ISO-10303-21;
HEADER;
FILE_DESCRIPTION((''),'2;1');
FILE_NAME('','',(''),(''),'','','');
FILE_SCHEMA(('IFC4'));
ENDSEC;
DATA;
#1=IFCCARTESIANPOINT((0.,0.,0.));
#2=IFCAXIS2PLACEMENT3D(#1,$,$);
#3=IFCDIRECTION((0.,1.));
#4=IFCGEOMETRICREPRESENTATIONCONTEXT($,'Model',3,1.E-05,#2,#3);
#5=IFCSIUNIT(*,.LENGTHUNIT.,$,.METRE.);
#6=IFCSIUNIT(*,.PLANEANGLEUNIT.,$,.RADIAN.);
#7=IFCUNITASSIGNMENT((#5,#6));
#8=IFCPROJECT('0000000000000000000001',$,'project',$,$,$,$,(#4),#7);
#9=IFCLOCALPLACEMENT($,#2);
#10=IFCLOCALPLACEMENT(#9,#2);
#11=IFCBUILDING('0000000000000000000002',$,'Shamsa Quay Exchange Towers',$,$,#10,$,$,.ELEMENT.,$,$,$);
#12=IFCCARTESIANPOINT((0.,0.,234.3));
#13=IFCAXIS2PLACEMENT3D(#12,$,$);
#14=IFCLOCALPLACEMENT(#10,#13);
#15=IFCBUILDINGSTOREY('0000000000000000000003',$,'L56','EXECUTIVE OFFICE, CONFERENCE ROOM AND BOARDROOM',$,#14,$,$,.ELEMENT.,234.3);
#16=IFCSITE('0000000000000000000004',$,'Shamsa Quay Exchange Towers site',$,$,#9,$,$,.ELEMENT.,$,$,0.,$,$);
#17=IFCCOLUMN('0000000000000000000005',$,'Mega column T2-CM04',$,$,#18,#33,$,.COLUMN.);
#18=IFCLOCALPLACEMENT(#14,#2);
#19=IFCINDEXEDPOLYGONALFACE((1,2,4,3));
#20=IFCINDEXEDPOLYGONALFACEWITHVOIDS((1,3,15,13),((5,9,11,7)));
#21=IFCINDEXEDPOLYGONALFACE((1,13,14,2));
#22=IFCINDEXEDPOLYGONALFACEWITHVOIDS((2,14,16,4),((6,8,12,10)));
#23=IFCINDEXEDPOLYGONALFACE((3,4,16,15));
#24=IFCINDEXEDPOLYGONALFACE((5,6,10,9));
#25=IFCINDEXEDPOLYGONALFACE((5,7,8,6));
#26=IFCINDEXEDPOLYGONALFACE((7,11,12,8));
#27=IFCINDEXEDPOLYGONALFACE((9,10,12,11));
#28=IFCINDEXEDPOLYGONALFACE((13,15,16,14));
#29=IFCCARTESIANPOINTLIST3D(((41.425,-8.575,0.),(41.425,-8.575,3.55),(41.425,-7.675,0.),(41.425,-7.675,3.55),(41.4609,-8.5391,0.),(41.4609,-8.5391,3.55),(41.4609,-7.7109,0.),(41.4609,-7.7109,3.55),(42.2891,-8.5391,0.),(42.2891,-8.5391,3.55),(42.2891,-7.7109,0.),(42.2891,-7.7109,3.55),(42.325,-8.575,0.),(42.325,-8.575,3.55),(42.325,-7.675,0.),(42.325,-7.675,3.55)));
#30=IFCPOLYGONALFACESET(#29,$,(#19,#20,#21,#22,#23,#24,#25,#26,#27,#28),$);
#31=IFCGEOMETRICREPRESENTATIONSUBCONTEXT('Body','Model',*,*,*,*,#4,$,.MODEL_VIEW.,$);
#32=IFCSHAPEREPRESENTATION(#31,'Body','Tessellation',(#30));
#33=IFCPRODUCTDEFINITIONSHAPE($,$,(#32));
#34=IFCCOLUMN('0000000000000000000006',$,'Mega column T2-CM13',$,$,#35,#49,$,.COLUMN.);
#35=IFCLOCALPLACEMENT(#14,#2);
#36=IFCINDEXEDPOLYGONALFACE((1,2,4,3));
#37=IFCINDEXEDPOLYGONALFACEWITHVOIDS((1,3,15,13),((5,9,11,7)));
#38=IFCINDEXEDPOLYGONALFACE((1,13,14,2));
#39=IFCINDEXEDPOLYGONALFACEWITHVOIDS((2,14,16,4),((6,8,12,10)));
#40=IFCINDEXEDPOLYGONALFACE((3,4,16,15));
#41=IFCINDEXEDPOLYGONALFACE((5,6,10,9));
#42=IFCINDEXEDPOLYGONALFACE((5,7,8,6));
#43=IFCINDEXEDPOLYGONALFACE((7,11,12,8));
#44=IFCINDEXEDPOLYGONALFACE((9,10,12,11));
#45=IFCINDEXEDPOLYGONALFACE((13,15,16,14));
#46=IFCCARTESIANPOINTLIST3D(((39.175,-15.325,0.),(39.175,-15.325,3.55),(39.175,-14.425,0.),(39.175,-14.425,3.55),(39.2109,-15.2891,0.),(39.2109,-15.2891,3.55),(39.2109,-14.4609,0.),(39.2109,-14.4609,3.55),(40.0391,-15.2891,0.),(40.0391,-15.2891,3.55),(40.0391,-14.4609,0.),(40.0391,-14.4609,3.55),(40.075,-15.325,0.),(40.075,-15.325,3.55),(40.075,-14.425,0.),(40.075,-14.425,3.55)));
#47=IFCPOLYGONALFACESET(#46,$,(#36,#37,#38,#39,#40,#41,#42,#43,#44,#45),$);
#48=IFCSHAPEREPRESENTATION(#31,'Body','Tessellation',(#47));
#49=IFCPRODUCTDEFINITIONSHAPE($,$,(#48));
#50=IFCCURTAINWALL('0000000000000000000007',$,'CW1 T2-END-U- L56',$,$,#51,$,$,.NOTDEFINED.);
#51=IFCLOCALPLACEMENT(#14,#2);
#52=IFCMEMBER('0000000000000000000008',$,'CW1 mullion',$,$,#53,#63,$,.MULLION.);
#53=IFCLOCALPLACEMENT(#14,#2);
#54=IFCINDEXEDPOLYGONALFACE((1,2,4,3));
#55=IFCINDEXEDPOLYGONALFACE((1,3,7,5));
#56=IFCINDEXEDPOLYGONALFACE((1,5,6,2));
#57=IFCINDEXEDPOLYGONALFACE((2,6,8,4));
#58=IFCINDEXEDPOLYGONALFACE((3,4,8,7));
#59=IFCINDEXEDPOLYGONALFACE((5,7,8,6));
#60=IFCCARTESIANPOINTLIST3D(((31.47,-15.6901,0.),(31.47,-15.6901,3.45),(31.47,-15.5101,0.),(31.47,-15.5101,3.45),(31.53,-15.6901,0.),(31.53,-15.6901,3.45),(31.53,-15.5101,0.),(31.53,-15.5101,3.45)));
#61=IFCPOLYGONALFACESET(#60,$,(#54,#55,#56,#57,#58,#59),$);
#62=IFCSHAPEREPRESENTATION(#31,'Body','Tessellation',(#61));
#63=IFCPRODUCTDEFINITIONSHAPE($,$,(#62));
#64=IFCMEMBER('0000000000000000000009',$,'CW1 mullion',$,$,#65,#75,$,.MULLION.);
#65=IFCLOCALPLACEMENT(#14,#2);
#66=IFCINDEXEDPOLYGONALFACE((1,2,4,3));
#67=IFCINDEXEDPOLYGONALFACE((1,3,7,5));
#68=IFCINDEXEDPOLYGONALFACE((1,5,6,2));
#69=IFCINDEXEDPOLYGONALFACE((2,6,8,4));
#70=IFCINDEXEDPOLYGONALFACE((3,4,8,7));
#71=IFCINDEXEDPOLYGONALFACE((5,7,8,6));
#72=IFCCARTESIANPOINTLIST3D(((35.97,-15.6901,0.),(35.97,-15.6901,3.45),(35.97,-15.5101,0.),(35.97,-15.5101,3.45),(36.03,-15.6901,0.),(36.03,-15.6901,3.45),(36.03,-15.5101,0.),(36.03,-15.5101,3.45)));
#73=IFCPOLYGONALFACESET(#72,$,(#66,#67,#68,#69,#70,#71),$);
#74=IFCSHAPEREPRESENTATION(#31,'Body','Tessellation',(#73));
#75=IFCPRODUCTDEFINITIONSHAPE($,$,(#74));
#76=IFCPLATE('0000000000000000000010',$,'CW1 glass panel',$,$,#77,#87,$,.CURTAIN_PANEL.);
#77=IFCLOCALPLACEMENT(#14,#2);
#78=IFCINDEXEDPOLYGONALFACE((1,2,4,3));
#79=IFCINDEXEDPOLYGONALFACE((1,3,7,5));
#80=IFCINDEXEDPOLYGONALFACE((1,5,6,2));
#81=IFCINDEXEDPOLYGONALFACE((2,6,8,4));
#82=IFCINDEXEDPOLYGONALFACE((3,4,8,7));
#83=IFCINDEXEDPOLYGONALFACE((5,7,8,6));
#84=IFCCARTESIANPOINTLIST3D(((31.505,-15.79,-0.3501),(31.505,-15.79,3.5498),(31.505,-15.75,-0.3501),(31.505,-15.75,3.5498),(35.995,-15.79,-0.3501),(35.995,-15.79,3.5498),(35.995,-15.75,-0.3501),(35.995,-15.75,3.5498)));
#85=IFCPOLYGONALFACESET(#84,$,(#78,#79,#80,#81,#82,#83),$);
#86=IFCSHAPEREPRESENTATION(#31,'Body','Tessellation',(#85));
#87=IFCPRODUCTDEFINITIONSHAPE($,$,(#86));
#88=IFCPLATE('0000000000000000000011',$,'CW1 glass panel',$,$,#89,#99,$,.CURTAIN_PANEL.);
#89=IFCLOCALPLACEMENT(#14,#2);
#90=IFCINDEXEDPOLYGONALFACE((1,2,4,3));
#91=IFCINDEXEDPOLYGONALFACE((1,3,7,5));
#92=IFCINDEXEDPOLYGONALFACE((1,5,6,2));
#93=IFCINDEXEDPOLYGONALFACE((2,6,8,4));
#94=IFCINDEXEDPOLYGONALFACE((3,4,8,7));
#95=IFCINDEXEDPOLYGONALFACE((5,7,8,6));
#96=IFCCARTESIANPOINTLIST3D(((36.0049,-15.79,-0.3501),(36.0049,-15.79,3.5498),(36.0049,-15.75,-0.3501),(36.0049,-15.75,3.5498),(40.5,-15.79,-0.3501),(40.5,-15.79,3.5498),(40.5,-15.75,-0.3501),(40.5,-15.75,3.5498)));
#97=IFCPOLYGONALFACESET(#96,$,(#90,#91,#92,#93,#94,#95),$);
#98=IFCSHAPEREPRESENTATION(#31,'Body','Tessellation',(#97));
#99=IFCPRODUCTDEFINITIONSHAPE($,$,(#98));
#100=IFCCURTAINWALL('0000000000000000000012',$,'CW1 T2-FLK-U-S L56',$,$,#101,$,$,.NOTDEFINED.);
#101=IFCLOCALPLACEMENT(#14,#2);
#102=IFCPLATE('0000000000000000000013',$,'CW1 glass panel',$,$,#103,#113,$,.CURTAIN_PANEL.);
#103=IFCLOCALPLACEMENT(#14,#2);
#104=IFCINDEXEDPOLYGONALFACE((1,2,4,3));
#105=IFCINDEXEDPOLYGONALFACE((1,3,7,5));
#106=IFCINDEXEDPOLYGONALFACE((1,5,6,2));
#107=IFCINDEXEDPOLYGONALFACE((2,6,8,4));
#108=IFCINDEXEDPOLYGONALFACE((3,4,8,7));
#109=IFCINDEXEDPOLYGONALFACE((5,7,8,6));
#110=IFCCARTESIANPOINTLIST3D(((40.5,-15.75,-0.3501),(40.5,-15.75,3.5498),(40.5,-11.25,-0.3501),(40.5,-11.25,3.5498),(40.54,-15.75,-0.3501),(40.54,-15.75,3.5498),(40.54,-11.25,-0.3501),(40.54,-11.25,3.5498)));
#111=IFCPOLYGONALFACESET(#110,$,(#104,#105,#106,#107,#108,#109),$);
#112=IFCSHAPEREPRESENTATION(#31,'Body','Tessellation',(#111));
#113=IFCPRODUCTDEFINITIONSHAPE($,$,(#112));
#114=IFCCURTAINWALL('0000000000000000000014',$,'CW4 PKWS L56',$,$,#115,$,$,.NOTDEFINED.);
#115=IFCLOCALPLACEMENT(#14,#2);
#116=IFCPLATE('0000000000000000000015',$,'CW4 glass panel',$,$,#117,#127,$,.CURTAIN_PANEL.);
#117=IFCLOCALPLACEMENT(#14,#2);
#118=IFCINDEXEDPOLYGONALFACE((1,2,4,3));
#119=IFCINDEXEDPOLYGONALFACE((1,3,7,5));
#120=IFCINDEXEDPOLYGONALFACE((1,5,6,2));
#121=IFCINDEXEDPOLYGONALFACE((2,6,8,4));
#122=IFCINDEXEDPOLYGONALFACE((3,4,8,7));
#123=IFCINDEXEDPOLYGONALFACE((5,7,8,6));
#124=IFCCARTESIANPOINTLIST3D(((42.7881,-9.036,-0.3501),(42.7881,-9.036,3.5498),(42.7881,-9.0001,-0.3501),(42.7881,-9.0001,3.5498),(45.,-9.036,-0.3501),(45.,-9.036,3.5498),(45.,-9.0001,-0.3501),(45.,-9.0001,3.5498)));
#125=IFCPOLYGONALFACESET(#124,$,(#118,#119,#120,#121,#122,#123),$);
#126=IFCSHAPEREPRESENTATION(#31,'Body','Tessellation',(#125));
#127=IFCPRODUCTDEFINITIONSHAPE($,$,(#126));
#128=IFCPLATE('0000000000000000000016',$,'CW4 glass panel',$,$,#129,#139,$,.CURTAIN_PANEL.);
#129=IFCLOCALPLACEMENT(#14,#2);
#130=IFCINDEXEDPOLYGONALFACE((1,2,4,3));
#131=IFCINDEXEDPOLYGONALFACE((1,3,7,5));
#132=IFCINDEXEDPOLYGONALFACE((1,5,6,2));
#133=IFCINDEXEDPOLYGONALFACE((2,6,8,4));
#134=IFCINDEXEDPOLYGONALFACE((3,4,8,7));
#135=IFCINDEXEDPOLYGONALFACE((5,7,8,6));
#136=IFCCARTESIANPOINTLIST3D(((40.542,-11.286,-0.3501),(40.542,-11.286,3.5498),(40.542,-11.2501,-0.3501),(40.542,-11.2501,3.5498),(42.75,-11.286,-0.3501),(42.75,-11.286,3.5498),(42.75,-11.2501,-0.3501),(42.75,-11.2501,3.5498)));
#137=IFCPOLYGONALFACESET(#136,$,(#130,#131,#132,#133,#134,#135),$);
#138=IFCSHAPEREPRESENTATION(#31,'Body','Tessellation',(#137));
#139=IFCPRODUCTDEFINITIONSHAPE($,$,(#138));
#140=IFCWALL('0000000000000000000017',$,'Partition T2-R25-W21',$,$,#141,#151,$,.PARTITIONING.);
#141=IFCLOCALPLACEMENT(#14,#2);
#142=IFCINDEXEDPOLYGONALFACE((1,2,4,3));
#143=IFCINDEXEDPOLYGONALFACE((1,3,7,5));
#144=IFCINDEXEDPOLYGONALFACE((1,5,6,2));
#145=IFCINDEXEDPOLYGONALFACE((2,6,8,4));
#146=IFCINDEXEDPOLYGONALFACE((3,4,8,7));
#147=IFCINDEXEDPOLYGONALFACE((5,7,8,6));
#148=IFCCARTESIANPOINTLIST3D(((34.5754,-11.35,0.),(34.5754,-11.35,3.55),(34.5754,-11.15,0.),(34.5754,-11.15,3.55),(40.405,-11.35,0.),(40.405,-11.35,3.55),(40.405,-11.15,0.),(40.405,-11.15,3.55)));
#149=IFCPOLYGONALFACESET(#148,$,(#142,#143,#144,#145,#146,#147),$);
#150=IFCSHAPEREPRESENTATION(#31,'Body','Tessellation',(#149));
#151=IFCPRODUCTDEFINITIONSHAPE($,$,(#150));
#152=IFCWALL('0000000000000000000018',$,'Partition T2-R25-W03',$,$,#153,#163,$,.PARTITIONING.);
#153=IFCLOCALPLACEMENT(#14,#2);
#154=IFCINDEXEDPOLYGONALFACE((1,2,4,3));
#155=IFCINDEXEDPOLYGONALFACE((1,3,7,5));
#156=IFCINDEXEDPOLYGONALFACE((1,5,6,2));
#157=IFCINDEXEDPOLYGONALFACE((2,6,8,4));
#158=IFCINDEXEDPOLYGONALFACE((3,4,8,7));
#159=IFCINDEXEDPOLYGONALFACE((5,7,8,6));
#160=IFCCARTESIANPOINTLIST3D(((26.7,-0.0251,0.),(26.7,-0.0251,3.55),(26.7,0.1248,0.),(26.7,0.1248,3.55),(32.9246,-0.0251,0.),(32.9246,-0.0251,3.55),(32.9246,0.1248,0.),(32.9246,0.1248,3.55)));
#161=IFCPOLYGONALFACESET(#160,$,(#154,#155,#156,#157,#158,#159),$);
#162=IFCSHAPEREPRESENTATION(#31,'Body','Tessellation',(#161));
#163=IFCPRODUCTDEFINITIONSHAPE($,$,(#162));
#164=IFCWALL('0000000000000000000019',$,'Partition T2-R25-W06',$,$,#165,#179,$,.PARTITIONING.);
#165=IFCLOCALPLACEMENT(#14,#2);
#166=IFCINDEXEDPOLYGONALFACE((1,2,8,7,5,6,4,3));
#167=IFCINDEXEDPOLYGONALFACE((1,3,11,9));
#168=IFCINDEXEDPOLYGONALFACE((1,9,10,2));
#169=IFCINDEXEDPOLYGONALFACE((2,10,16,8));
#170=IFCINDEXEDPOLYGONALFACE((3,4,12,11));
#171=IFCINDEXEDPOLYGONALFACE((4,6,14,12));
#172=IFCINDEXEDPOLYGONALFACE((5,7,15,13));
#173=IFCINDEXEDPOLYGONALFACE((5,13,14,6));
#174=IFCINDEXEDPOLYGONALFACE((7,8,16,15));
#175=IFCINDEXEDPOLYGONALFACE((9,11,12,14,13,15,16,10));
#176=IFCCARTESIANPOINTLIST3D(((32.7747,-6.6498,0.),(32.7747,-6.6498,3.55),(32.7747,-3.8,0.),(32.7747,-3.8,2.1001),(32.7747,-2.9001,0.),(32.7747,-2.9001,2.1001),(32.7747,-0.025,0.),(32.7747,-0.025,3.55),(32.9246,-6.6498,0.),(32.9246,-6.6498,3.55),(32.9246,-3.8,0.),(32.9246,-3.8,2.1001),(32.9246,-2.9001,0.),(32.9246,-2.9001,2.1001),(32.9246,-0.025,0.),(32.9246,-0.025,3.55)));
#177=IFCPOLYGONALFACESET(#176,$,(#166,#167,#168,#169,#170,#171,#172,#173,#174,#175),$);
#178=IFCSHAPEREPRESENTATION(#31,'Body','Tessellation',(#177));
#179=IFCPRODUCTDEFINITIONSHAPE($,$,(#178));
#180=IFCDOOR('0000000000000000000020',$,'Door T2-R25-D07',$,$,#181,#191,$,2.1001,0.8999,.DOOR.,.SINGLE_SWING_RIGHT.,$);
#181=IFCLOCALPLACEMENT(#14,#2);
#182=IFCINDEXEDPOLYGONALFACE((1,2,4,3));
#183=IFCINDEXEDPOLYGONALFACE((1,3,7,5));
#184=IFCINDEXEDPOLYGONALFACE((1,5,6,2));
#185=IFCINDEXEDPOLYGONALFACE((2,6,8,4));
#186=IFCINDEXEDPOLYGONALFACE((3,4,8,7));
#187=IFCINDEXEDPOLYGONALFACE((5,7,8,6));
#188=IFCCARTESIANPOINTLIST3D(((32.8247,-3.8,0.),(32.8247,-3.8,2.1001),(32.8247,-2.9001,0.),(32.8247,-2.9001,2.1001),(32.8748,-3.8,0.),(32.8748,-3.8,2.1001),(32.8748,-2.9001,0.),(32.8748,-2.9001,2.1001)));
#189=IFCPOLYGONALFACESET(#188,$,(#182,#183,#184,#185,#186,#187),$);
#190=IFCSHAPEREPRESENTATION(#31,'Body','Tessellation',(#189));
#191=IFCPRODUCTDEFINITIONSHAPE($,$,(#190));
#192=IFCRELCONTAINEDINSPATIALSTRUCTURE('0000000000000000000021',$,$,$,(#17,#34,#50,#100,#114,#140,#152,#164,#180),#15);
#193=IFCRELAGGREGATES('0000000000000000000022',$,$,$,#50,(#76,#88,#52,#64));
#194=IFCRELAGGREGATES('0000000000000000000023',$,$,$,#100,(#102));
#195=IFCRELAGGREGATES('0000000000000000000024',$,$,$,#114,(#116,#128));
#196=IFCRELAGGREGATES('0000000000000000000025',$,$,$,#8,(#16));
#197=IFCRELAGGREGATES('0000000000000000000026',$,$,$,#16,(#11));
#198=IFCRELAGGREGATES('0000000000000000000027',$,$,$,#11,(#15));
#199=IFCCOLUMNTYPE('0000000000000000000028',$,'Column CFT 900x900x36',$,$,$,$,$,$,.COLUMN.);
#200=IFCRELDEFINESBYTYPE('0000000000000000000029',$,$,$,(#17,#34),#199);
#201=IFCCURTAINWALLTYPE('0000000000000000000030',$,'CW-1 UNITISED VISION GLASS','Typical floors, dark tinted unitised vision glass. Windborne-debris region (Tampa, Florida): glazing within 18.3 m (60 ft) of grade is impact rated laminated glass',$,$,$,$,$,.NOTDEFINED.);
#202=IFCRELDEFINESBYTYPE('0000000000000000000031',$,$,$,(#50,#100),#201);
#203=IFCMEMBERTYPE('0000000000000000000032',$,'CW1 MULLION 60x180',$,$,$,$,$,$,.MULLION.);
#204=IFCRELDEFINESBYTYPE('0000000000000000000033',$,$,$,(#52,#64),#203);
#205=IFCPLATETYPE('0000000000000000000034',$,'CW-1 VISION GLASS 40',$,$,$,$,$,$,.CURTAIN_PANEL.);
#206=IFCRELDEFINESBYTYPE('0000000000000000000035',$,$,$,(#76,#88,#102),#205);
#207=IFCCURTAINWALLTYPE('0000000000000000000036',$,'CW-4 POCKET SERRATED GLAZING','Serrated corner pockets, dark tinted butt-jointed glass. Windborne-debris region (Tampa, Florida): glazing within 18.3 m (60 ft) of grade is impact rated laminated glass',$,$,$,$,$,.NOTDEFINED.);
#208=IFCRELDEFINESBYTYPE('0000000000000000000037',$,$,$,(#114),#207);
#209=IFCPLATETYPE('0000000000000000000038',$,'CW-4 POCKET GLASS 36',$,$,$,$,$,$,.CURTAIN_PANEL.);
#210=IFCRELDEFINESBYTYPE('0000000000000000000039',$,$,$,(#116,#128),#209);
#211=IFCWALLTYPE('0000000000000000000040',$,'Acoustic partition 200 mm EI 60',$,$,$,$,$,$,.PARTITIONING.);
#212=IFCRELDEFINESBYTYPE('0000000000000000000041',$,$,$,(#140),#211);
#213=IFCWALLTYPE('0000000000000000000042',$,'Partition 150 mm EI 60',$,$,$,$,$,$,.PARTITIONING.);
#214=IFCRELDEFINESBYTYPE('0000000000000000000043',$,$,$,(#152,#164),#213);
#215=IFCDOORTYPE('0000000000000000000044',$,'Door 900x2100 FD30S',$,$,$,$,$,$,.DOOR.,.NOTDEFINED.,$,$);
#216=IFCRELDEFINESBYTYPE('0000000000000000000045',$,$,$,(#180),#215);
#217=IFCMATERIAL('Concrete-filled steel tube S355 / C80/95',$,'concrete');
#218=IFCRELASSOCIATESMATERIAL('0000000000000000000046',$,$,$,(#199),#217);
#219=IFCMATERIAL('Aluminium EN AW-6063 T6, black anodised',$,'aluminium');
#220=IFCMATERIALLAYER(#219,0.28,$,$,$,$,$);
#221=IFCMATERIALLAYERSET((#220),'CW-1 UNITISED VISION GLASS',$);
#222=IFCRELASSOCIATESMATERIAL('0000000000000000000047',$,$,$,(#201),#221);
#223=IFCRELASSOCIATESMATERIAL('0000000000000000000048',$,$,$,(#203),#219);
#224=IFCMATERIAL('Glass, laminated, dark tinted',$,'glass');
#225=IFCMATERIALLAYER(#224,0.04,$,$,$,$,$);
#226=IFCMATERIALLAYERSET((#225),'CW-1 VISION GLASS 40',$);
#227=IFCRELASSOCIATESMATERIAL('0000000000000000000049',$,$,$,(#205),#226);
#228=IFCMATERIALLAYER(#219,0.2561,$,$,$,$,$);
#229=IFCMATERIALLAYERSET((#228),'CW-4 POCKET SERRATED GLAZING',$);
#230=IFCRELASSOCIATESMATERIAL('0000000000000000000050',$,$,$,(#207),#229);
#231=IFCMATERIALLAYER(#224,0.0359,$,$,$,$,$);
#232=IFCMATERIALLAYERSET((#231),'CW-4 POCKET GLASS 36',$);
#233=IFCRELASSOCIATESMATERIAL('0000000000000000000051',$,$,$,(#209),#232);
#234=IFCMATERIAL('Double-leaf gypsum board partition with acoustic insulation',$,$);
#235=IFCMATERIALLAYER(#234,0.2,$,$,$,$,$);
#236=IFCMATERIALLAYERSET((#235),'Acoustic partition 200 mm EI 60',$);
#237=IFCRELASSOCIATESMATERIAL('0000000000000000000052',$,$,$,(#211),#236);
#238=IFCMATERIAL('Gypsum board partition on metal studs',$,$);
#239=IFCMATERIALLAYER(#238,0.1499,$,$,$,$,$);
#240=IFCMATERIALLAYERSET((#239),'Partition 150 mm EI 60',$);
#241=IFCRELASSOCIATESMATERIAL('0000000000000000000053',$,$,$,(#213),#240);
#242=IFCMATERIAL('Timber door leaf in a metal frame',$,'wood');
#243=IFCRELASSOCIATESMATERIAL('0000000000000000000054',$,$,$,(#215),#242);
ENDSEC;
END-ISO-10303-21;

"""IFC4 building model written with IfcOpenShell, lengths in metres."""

from ifc_helpers import new_model, si_unit, direction, frame, frame_2d, origin, origin_2d, place, context, subcontext, project, spatial, rectangle, hollow_rectangle, extrude, material, layer, layer_set, material_profile, profile_set, type_object, element, fill, aggregate, save


model = new_model("IFC4")

# Units and contexts
model_context = context("Model", 3, precision=1e-05, world=origin(), true_north=direction((0.0, 1.0)))
body_context = subcontext(model_context, "Body", "Model", "MODEL_VIEW")
ifc_project = project(units=[si_unit("LENGTHUNIT", "METRE"), si_unit("PLANEANGLEUNIT", "RADIAN")], contexts=[model_context])

# Site, building, storey
site_placement = place(None, origin())
site = spatial("IfcSite", under=ifc_project, at=site_placement, Name="Shamsa Quay Exchange Towers site", CompositionType="ELEMENT", RefElevation=0.0)
building_placement = place(site_placement, origin())
building = spatial("IfcBuilding", under=site, at=building_placement, Name="Shamsa Quay Exchange Towers", CompositionType="ELEMENT")
storey_placement = place(building_placement, frame((0.0, 0.0, 234.3)))
storey = spatial("IfcBuildingStorey", under=building, at=storey_placement, Name="L56", Description="EXECUTIVE OFFICE, CONFERENCE ROOM AND BOARDROOM", CompositionType="ELEMENT", Elevation=234.3)

# Columns
ifc_material_1 = material(Name="Concrete-filled steel tube S355 / C80/95", Category="concrete")
ifc_material_profile_1 = material_profile(ifc_material_1, hollow_rectangle(XDim=0.8999, YDim=0.8999, WallThickness=0.0359, at=origin_2d()), Name="CFT 900x900x36")
ifc_profile_set_1 = profile_set([ifc_material_profile_1], Name="Concrete-filled steel tube S355 / C80/95")
column_type = type_object("IfcColumnType", Name="Column CFT 900x900x36", PredefinedType="COLUMN", material=ifc_profile_set_1)
for number, where, name in (
    (1, (41.875, -8.125, 0.0), "Mega column T2-CM04"),
    (2, (39.625, -14.875, 0.0), "Mega column T2-CM13"),
):
    element("IfcColumn", number, at=place(storey_placement, frame(where)), inside=storey, type_object=column_type, Name=name, PredefinedType="COLUMN", context=body_context, shape_type="SweptSolid", body=[
        extrude(hollow_rectangle(XDim=0.8999, YDim=0.8999, WallThickness=0.0359, at=origin_2d()), origin(), (0.0, 0.0, 1.0), 3.55),
    ])

# Curtain wall, members, plates
ifc_material_2 = material(Name="Aluminium EN AW-6063 T6, black anodised", Category="aluminium")
ifc_layer_1 = layer(ifc_material_2, 0.28)
ifc_layer_set_1 = layer_set([ifc_layer_1], Name="CW-1 UNITISED VISION GLASS")
curtain_wall_type_1 = type_object("IfcCurtainWallType", Name="CW-1 UNITISED VISION GLASS", Description="Typical floors, dark tinted unitised vision glass. Windborne-debris region (Tampa, Florida): glazing within 18.3 m (60 ft) of grade is impact rated laminated glass", PredefinedType="NOTDEFINED", material=ifc_layer_set_1)
curtain_wall_1_placement = place(storey_placement, origin())
curtain_wall_1 = element("IfcCurtainWall", 3, at=curtain_wall_1_placement, inside=storey, type_object=curtain_wall_type_1, Name="CW1 T2-END-U- L56", PredefinedType="NOTDEFINED")
ifc_material_profile_2 = material_profile(ifc_material_2, rectangle(XDim=0.1799, YDim=0.0601, at=origin_2d()), Name="MU60x180")
ifc_profile_set_2 = profile_set([ifc_material_profile_2], Name="Aluminium EN AW-6063 T6, black anodised")
member_type = type_object("IfcMemberType", Name="CW1 MULLION 60x180", PredefinedType="MULLION", material=ifc_profile_set_2)
member_1_placement = place(storey_placement, frame((31.5, -15.6001, 0.0), z_axis=(0.0, 0.0, 1.0), x_axis=(0.0, 1.0, 0.0)))
member_1 = element("IfcMember", 4, at=member_1_placement, type_object=member_type, Name="CW1 mullion", PredefinedType="MULLION", context=body_context, shape_type="SweptSolid", body=[
    extrude(rectangle(XDim=0.1799, YDim=0.0601, at=origin_2d()), origin(), (0.0, 0.0, 1.0), 3.45),
])
member_2_placement = place(storey_placement, frame((36.0, -15.6001, 0.0), z_axis=(0.0, 0.0, 1.0), x_axis=(0.0, 1.0, 0.0)))
member_2 = element("IfcMember", 5, at=member_2_placement, type_object=member_type, Name="CW1 mullion", PredefinedType="MULLION", context=body_context, shape_type="SweptSolid", body=[
    extrude(rectangle(XDim=0.1799, YDim=0.0601, at=origin_2d()), origin(), (0.0, 0.0, 1.0), 3.45),
])
ifc_material_3 = material(Name="Glass, laminated, dark tinted", Category="glass")
ifc_layer_2 = layer(ifc_material_3, 0.04)
ifc_layer_set_2 = layer_set([ifc_layer_2], Name="CW-1 VISION GLASS 40")
plate_type_1 = type_object("IfcPlateType", Name="CW-1 VISION GLASS 40", PredefinedType="CURTAIN_PANEL", material=ifc_layer_set_2)
plate_1_placement = place(storey_placement, frame((33.75, -15.77, -0.3501)))
plate_1 = element("IfcPlate", 6, at=plate_1_placement, type_object=plate_type_1, Name="CW1 glass panel", PredefinedType="CURTAIN_PANEL", context=body_context, shape_type="SweptSolid", body=[
    extrude(rectangle(XDim=4.49, YDim=0.04, at=origin_2d()), origin(), (0.0, 0.0, 1.0), 3.8999),
])
plate_2_placement = place(storey_placement, frame((38.2524, -15.77, -0.3501)))
plate_2 = element("IfcPlate", 7, at=plate_2_placement, type_object=plate_type_1, Name="CW1 glass panel", PredefinedType="CURTAIN_PANEL", context=body_context, shape_type="SweptSolid", body=[
    extrude(rectangle(XDim=4.4951, YDim=0.04, at=origin_2d()), origin(), (0.0, 0.0, 1.0), 3.8999),
])
aggregate(curtain_wall_1, [plate_1, plate_2, member_1, member_2])

# Curtain wall, plate
curtain_wall_2_placement = place(storey_placement, origin())
curtain_wall_2 = element("IfcCurtainWall", 8, at=curtain_wall_2_placement, inside=storey, type_object=curtain_wall_type_1, Name="CW1 T2-FLK-U-S L56", PredefinedType="NOTDEFINED")
plate_3_placement = place(storey_placement, frame((40.52, -13.5, -0.3501), z_axis=(0.0, 0.0, 1.0), x_axis=(0.0, 1.0, 0.0)))
plate_3 = element("IfcPlate", 9, at=plate_3_placement, type_object=plate_type_1, Name="CW1 glass panel", PredefinedType="CURTAIN_PANEL", context=body_context, shape_type="SweptSolid", body=[
    extrude(rectangle(XDim=4.5, YDim=0.04, at=origin_2d()), origin(), (0.0, 0.0, 1.0), 3.8999),
])
aggregate(curtain_wall_2, [plate_3])

# Curtain wall, plates
ifc_layer_3 = layer(ifc_material_2, 0.2561)
ifc_layer_set_3 = layer_set([ifc_layer_3], Name="CW-4 POCKET SERRATED GLAZING")
curtain_wall_type_2 = type_object("IfcCurtainWallType", Name="CW-4 POCKET SERRATED GLAZING", Description="Serrated corner pockets, dark tinted butt-jointed glass. Windborne-debris region (Tampa, Florida): glazing within 18.3 m (60 ft) of grade is impact rated laminated glass", PredefinedType="NOTDEFINED", material=ifc_layer_set_3)
curtain_wall_3_placement = place(storey_placement, origin())
curtain_wall_3 = element("IfcCurtainWall", 10, at=curtain_wall_3_placement, inside=storey, type_object=curtain_wall_type_2, Name="CW4 PKWS L56", PredefinedType="NOTDEFINED")
ifc_layer_4 = layer(ifc_material_3, 0.0359)
ifc_layer_set_4 = layer_set([ifc_layer_4], Name="CW-4 POCKET GLASS 36")
plate_type_2 = type_object("IfcPlateType", Name="CW-4 POCKET GLASS 36", PredefinedType="CURTAIN_PANEL", material=ifc_layer_set_4)
plate_4_placement = place(storey_placement, frame((43.894, -9.0181, -0.3501)))
plate_4 = element("IfcPlate", 11, at=plate_4_placement, type_object=plate_type_2, Name="CW4 glass panel", PredefinedType="CURTAIN_PANEL", context=body_context, shape_type="SweptSolid", body=[
    extrude(rectangle(XDim=2.2119, YDim=0.0359, at=origin_2d()), origin(), (0.0, 0.0, 1.0), 3.8999),
])
plate_5_placement = place(storey_placement, frame((41.646, -11.2681, -0.3501)))
plate_5 = element("IfcPlate", 12, at=plate_5_placement, type_object=plate_type_2, Name="CW4 glass panel", PredefinedType="CURTAIN_PANEL", context=body_context, shape_type="SweptSolid", body=[
    extrude(rectangle(XDim=2.208, YDim=0.0359, at=origin_2d()), origin(), (0.0, 0.0, 1.0), 3.8999),
])
aggregate(curtain_wall_3, [plate_4, plate_5])

# Shared definitions
ifc_material_4 = material(Name="Double-leaf gypsum board partition with acoustic insulation")
ifc_layer_5 = layer(ifc_material_4, 0.2)
ifc_layer_set_5 = layer_set([ifc_layer_5], Name="Acoustic partition 200 mm EI 60")
wall_type_1 = type_object("IfcWallType", Name="Acoustic partition 200 mm EI 60", PredefinedType="PARTITIONING", material=ifc_layer_set_5)
ifc_material_5 = material(Name="Timber door leaf in a metal frame", Category="wood")

# Wall
wall_1_placement = place(storey_placement, frame((34.5754, -11.25, 0.0)))
element("IfcWall", 13, at=wall_1_placement, inside=storey, type_object=wall_type_1, Name="Partition T2-R25-W21", PredefinedType="PARTITIONING", context=body_context, shape_type="SweptSolid", body=[
    extrude(rectangle(XDim=5.8296, YDim=0.2, at=frame_2d((2.9148, 0.0))), origin(), (0.0, 0.0, 1.0), 3.55),
])

# Wall
ifc_material_6 = material(Name="Gypsum board partition on metal studs")
ifc_layer_6 = layer(ifc_material_6, 0.1499)
ifc_layer_set_6 = layer_set([ifc_layer_6], Name="Partition 150 mm EI 60")
wall_type_2 = type_object("IfcWallType", Name="Partition 150 mm EI 60", PredefinedType="PARTITIONING", material=ifc_layer_set_6)
wall_2_placement = place(storey_placement, frame((32.9246, 0.0498, 0.0), z_axis=(0.0, 0.0, 1.0), x_axis=(-1.0, 0.0, 0.0)))
element("IfcWall", 14, at=wall_2_placement, inside=storey, type_object=wall_type_2, Name="Partition T2-R25-W03", PredefinedType="PARTITIONING", context=body_context, shape_type="SweptSolid", body=[
    extrude(rectangle(XDim=6.2246, YDim=0.1499, at=frame_2d((3.1123, 0.0))), origin(), (0.0, 0.0, 1.0), 3.55),
])

# Wall, opening, door
wall_3_placement = place(storey_placement, frame((32.8496, -6.6499, 0.0), z_axis=(0.0, 0.0, 1.0), x_axis=(0.0, 1.0, 0.0)))
wall_3 = element("IfcWall", 15, at=wall_3_placement, inside=storey, type_object=wall_type_2, Name="Partition T2-R25-W06", PredefinedType="PARTITIONING", context=body_context, shape_type="SweptSolid", body=[
    extrude(rectangle(XDim=6.6248, YDim=0.1499, at=frame_2d((3.3125, 0.0))), origin(), (0.0, 0.0, 1.0), 3.55),
])
opening_1_placement = place(wall_3_placement, frame((2.8499, 0.0, 0.0)))
opening_1 = element("IfcOpeningElement", 16, at=opening_1_placement, cuts=wall_3, PredefinedType="OPENING", context=body_context, shape_type="SweptSolid", body=[
    extrude(rectangle(XDim=0.8999, YDim=2.1001, at=frame_2d((0.45, 1.05))), frame((0.0, 0.085, 0.0), z_axis=(0.0, -1.0, 0.0), x_axis=(1.0, 0.0, 0.0)), (0.0, 0.0, 1.0), 0.1699),
])
door_type_1 = type_object("IfcDoorType", Name="Door 900x2100 FD30S", OperationType="NOTDEFINED", PredefinedType="DOOR", material=ifc_material_5)
door_1_placement = place(opening_1_placement, origin())
door_1 = element("IfcDoor", 17, at=door_1_placement, inside=storey, type_object=door_type_1, Name="Door T2-R25-D07", OperationType="SINGLE_SWING_RIGHT", OverallHeight=2.1001, OverallWidth=0.8999, PredefinedType="DOOR", context=body_context, shape_type="SweptSolid", body=[
    extrude(rectangle(XDim=0.8999, YDim=2.1001, at=frame_2d((0.45, 1.05))), frame((0.0, 0.0249, 0.0), z_axis=(0.0, -1.0, 0.0), x_axis=(1.0, 0.0, 0.0)), (0.0, 0.0, 1.0), 0.05),
])
fill(opening_1, door_1)

save(model, "model.ifc")
